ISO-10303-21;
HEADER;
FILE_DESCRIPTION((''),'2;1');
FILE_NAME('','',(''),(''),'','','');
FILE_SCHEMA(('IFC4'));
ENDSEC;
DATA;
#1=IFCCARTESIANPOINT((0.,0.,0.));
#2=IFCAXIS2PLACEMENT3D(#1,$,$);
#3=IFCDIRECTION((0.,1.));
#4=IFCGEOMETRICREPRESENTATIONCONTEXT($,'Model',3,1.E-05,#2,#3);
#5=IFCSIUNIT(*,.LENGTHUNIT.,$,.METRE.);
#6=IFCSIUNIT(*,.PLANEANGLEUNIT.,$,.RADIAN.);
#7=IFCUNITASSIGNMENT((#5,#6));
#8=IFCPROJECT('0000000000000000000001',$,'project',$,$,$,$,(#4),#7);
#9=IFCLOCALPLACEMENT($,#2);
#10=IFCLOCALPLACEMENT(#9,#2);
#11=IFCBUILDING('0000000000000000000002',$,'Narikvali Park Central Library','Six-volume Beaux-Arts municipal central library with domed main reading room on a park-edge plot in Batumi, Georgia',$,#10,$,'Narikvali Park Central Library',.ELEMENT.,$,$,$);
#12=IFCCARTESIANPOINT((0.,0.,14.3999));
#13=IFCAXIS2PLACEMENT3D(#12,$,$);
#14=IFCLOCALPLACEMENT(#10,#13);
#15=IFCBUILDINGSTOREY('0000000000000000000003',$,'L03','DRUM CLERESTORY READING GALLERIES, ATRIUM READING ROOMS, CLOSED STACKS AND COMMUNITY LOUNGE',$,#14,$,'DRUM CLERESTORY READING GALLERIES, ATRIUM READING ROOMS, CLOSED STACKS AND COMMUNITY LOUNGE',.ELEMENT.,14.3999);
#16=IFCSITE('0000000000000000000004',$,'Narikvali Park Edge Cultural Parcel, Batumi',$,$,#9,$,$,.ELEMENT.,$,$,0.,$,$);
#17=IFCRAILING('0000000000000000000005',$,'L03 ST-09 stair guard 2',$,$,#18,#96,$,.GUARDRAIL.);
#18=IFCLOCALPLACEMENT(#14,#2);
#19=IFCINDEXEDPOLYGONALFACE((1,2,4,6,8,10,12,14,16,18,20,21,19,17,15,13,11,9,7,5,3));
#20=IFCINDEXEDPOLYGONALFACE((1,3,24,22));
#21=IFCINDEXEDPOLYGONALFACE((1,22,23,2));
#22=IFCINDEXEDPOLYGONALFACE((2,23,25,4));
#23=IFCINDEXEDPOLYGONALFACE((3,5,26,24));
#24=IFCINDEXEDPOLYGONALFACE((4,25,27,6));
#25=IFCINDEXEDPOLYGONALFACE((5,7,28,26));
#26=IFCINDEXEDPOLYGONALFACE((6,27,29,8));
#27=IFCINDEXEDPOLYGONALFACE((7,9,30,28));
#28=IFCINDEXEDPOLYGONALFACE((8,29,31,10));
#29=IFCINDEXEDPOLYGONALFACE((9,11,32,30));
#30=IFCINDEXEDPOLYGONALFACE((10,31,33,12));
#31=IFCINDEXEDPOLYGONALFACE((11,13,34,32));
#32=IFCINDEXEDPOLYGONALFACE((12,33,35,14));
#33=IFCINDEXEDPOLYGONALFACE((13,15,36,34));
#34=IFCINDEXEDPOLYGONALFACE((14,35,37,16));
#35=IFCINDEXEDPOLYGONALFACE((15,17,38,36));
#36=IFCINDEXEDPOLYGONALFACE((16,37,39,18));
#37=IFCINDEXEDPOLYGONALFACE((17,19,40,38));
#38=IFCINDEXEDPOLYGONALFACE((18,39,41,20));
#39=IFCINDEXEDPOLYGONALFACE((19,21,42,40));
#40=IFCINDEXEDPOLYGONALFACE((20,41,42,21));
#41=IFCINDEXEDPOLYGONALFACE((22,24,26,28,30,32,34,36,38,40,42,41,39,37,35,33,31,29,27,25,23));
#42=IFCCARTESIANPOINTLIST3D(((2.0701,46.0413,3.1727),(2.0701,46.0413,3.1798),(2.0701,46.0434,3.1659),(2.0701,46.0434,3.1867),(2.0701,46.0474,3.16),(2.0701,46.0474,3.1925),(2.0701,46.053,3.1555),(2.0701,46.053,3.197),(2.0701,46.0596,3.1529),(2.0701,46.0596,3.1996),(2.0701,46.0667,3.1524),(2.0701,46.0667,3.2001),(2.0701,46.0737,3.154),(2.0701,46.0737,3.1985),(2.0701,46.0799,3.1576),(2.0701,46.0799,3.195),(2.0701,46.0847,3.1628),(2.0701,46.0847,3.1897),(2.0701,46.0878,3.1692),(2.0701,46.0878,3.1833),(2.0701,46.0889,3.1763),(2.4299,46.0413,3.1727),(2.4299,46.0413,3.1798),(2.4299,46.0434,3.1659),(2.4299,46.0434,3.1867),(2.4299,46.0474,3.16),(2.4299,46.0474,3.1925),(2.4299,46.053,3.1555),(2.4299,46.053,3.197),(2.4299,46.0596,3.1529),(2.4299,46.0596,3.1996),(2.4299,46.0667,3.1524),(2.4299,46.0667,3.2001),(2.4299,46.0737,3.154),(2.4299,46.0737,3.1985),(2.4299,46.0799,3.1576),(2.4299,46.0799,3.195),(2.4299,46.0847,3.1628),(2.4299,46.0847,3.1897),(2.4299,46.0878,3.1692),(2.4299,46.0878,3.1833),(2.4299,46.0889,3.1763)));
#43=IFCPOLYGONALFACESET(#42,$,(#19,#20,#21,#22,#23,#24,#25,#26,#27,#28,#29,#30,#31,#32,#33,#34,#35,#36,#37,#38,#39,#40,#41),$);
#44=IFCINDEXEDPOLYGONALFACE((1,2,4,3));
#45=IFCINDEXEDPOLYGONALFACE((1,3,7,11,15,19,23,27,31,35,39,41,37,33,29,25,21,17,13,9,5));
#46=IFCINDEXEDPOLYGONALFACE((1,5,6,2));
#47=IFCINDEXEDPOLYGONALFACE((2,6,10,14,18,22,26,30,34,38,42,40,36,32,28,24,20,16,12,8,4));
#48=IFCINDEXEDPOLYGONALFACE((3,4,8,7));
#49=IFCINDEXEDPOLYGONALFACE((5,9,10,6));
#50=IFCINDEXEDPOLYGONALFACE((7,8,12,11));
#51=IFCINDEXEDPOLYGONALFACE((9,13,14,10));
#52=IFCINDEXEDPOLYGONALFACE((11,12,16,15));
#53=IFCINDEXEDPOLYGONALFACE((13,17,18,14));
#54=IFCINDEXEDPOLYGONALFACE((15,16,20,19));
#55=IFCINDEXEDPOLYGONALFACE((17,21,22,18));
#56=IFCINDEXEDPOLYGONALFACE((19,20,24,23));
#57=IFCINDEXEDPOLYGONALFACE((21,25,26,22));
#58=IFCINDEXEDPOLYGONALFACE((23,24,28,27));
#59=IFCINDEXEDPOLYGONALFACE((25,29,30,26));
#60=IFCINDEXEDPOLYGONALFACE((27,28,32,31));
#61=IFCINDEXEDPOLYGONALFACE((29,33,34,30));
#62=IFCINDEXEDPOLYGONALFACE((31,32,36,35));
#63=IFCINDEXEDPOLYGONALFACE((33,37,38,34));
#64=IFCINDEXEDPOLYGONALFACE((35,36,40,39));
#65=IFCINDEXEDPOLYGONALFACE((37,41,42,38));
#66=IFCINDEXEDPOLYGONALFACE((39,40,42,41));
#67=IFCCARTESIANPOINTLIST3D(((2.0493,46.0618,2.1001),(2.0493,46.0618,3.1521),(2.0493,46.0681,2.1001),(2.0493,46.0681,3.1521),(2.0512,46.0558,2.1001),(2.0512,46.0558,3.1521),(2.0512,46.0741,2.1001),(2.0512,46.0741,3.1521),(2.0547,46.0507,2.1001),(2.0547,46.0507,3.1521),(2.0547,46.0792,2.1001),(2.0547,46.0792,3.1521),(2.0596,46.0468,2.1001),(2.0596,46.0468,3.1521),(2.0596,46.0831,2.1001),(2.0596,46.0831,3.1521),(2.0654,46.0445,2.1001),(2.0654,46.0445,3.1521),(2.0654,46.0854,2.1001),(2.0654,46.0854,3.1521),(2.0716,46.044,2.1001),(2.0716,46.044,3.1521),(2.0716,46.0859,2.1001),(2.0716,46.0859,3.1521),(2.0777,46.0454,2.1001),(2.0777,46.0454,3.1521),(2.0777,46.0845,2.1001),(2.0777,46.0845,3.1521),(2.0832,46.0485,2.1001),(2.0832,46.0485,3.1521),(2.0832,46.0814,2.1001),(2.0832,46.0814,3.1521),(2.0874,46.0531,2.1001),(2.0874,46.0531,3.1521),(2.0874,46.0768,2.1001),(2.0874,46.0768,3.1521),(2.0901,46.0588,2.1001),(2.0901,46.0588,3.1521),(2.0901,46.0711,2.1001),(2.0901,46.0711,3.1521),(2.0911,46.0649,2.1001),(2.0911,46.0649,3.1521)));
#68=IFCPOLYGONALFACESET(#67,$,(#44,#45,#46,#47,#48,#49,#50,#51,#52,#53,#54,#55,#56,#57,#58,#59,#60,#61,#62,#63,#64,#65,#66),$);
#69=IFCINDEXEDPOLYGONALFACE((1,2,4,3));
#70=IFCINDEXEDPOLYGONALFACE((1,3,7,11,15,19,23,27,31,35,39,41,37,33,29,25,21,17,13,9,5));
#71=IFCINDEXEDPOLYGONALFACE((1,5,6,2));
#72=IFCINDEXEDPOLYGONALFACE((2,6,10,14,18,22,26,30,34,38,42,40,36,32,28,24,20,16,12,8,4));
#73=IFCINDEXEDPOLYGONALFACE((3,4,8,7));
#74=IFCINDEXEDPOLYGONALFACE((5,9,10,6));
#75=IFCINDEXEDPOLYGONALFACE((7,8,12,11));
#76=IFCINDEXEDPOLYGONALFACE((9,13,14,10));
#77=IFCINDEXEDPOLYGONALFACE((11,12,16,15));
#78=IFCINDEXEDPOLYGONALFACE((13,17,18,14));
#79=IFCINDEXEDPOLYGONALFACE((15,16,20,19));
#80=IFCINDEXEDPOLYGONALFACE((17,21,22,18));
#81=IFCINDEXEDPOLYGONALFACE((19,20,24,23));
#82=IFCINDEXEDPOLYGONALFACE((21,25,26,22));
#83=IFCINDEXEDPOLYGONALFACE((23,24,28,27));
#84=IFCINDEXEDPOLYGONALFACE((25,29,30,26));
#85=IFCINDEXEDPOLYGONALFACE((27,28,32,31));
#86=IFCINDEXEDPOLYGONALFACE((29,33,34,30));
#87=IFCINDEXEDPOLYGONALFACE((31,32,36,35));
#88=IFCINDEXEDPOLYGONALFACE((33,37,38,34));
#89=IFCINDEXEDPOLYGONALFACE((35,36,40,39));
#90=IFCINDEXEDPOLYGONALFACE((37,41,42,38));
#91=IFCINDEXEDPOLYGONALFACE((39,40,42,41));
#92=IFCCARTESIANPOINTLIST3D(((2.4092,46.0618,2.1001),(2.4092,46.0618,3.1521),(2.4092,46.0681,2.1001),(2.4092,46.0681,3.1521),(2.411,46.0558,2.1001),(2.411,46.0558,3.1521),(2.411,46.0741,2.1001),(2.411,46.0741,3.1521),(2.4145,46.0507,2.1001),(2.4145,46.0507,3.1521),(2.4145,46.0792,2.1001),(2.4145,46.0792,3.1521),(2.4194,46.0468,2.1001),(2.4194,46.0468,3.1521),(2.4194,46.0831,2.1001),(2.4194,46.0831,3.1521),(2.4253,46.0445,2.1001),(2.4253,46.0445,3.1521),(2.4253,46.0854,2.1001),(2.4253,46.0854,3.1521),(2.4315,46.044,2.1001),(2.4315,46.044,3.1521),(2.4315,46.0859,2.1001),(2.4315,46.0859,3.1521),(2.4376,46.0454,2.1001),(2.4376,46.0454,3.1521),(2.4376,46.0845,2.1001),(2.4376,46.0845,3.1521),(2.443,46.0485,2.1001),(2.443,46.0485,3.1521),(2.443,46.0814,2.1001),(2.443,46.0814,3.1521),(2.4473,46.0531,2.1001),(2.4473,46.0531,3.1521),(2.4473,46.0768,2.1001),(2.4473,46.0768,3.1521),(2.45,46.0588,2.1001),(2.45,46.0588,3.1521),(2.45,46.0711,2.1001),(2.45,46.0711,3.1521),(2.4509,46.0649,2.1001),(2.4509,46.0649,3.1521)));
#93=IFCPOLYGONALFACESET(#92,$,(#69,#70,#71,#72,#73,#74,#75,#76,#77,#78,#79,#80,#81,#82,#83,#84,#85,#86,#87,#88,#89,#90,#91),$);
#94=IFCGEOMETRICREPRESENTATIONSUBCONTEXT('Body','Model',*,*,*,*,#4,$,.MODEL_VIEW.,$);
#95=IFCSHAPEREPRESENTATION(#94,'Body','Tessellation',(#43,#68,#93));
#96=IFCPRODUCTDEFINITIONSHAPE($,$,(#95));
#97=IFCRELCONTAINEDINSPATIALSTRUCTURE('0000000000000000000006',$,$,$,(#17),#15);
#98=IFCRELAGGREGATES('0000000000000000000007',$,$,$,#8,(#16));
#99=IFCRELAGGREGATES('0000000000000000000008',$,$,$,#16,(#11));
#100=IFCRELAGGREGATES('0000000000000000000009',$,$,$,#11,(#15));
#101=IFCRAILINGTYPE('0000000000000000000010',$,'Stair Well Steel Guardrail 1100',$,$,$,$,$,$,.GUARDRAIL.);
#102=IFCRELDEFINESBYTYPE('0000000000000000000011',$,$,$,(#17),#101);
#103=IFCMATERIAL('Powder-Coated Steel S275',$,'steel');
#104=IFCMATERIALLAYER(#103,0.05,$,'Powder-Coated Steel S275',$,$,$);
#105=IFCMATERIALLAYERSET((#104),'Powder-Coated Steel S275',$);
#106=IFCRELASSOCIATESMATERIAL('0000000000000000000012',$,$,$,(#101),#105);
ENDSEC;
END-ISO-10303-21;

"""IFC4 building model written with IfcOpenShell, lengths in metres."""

from ifc_helpers import new_model, si_unit, direction, frame, origin, origin_2d, place, context, subcontext, project, spatial, circle, extrude, material, layer, layer_set, type_object, element, save


model = new_model("IFC4")

# Units and contexts
model_context = context("Model", 3, precision=1e-05, world=origin(), true_north=direction((0.0, 1.0)))
body_context = subcontext(model_context, "Body", "Model", "MODEL_VIEW")
ifc_project = project(units=[si_unit("LENGTHUNIT", "METRE"), si_unit("PLANEANGLEUNIT", "RADIAN")], contexts=[model_context])

# Site, building, storey
site_placement = place(None, origin())
site = spatial("IfcSite", under=ifc_project, at=site_placement, Name="Narikvali Park Edge Cultural Parcel, Batumi", CompositionType="ELEMENT", RefElevation=0.0)
building_placement = place(site_placement, origin())
building = spatial("IfcBuilding", under=site, at=building_placement, Name="Narikvali Park Central Library", Description="Six-volume Beaux-Arts municipal central library with domed main reading room on a park-edge plot in Batumi, Georgia", LongName="Narikvali Park Central Library", CompositionType="ELEMENT")
storey_placement = place(building_placement, frame((0.0, 0.0, 14.3999)))
storey = spatial("IfcBuildingStorey", under=building, at=storey_placement, Name="L03", Description="DRUM CLERESTORY READING GALLERIES, ATRIUM READING ROOMS, CLOSED STACKS AND COMMUNITY LOUNGE", LongName="DRUM CLERESTORY READING GALLERIES, ATRIUM READING ROOMS, CLOSED STACKS AND COMMUNITY LOUNGE", CompositionType="ELEMENT", Elevation=14.3999)

# Railing
ifc_material_1 = material(Name="Powder-Coated Steel S275", Category="steel")
ifc_layer_1 = layer(ifc_material_1, 0.05, Name="Powder-Coated Steel S275")
ifc_layer_set_1 = layer_set([ifc_layer_1], Name="Powder-Coated Steel S275")
railing_type_1 = type_object("IfcRailingType", Name="Stair Well Steel Guardrail 1100", PredefinedType="GUARDRAIL", material=ifc_layer_set_1)
railing_1_placement = place(storey_placement, frame((2.0701, 46.0649, 2.1001)))
element("IfcRailing", 1, at=railing_1_placement, inside=storey, type_object=railing_type_1, Name="L03 ST-09 stair guard 2", PredefinedType="GUARDRAIL", context=body_context, shape_type="SweptSolid", body=[
    extrude(circle(Radius=0.0239, at=origin_2d()), frame((0.0, 0.0, 1.0762), z_axis=(1.0, 0.0, 0.0), x_axis=(0.0, 1.0, 0.0)), (0.0, 0.0, 1.0), 0.3599),
    extrude(circle(Radius=0.021, at=origin_2d()), origin(), (0.0, 0.0, 1.0), 1.052),
    extrude(circle(Radius=0.021, at=origin_2d()), frame((0.3599, 0.0, 0.0)), (0.0, 0.0, 1.0), 1.052),
])

save(model, "model.ifc")
